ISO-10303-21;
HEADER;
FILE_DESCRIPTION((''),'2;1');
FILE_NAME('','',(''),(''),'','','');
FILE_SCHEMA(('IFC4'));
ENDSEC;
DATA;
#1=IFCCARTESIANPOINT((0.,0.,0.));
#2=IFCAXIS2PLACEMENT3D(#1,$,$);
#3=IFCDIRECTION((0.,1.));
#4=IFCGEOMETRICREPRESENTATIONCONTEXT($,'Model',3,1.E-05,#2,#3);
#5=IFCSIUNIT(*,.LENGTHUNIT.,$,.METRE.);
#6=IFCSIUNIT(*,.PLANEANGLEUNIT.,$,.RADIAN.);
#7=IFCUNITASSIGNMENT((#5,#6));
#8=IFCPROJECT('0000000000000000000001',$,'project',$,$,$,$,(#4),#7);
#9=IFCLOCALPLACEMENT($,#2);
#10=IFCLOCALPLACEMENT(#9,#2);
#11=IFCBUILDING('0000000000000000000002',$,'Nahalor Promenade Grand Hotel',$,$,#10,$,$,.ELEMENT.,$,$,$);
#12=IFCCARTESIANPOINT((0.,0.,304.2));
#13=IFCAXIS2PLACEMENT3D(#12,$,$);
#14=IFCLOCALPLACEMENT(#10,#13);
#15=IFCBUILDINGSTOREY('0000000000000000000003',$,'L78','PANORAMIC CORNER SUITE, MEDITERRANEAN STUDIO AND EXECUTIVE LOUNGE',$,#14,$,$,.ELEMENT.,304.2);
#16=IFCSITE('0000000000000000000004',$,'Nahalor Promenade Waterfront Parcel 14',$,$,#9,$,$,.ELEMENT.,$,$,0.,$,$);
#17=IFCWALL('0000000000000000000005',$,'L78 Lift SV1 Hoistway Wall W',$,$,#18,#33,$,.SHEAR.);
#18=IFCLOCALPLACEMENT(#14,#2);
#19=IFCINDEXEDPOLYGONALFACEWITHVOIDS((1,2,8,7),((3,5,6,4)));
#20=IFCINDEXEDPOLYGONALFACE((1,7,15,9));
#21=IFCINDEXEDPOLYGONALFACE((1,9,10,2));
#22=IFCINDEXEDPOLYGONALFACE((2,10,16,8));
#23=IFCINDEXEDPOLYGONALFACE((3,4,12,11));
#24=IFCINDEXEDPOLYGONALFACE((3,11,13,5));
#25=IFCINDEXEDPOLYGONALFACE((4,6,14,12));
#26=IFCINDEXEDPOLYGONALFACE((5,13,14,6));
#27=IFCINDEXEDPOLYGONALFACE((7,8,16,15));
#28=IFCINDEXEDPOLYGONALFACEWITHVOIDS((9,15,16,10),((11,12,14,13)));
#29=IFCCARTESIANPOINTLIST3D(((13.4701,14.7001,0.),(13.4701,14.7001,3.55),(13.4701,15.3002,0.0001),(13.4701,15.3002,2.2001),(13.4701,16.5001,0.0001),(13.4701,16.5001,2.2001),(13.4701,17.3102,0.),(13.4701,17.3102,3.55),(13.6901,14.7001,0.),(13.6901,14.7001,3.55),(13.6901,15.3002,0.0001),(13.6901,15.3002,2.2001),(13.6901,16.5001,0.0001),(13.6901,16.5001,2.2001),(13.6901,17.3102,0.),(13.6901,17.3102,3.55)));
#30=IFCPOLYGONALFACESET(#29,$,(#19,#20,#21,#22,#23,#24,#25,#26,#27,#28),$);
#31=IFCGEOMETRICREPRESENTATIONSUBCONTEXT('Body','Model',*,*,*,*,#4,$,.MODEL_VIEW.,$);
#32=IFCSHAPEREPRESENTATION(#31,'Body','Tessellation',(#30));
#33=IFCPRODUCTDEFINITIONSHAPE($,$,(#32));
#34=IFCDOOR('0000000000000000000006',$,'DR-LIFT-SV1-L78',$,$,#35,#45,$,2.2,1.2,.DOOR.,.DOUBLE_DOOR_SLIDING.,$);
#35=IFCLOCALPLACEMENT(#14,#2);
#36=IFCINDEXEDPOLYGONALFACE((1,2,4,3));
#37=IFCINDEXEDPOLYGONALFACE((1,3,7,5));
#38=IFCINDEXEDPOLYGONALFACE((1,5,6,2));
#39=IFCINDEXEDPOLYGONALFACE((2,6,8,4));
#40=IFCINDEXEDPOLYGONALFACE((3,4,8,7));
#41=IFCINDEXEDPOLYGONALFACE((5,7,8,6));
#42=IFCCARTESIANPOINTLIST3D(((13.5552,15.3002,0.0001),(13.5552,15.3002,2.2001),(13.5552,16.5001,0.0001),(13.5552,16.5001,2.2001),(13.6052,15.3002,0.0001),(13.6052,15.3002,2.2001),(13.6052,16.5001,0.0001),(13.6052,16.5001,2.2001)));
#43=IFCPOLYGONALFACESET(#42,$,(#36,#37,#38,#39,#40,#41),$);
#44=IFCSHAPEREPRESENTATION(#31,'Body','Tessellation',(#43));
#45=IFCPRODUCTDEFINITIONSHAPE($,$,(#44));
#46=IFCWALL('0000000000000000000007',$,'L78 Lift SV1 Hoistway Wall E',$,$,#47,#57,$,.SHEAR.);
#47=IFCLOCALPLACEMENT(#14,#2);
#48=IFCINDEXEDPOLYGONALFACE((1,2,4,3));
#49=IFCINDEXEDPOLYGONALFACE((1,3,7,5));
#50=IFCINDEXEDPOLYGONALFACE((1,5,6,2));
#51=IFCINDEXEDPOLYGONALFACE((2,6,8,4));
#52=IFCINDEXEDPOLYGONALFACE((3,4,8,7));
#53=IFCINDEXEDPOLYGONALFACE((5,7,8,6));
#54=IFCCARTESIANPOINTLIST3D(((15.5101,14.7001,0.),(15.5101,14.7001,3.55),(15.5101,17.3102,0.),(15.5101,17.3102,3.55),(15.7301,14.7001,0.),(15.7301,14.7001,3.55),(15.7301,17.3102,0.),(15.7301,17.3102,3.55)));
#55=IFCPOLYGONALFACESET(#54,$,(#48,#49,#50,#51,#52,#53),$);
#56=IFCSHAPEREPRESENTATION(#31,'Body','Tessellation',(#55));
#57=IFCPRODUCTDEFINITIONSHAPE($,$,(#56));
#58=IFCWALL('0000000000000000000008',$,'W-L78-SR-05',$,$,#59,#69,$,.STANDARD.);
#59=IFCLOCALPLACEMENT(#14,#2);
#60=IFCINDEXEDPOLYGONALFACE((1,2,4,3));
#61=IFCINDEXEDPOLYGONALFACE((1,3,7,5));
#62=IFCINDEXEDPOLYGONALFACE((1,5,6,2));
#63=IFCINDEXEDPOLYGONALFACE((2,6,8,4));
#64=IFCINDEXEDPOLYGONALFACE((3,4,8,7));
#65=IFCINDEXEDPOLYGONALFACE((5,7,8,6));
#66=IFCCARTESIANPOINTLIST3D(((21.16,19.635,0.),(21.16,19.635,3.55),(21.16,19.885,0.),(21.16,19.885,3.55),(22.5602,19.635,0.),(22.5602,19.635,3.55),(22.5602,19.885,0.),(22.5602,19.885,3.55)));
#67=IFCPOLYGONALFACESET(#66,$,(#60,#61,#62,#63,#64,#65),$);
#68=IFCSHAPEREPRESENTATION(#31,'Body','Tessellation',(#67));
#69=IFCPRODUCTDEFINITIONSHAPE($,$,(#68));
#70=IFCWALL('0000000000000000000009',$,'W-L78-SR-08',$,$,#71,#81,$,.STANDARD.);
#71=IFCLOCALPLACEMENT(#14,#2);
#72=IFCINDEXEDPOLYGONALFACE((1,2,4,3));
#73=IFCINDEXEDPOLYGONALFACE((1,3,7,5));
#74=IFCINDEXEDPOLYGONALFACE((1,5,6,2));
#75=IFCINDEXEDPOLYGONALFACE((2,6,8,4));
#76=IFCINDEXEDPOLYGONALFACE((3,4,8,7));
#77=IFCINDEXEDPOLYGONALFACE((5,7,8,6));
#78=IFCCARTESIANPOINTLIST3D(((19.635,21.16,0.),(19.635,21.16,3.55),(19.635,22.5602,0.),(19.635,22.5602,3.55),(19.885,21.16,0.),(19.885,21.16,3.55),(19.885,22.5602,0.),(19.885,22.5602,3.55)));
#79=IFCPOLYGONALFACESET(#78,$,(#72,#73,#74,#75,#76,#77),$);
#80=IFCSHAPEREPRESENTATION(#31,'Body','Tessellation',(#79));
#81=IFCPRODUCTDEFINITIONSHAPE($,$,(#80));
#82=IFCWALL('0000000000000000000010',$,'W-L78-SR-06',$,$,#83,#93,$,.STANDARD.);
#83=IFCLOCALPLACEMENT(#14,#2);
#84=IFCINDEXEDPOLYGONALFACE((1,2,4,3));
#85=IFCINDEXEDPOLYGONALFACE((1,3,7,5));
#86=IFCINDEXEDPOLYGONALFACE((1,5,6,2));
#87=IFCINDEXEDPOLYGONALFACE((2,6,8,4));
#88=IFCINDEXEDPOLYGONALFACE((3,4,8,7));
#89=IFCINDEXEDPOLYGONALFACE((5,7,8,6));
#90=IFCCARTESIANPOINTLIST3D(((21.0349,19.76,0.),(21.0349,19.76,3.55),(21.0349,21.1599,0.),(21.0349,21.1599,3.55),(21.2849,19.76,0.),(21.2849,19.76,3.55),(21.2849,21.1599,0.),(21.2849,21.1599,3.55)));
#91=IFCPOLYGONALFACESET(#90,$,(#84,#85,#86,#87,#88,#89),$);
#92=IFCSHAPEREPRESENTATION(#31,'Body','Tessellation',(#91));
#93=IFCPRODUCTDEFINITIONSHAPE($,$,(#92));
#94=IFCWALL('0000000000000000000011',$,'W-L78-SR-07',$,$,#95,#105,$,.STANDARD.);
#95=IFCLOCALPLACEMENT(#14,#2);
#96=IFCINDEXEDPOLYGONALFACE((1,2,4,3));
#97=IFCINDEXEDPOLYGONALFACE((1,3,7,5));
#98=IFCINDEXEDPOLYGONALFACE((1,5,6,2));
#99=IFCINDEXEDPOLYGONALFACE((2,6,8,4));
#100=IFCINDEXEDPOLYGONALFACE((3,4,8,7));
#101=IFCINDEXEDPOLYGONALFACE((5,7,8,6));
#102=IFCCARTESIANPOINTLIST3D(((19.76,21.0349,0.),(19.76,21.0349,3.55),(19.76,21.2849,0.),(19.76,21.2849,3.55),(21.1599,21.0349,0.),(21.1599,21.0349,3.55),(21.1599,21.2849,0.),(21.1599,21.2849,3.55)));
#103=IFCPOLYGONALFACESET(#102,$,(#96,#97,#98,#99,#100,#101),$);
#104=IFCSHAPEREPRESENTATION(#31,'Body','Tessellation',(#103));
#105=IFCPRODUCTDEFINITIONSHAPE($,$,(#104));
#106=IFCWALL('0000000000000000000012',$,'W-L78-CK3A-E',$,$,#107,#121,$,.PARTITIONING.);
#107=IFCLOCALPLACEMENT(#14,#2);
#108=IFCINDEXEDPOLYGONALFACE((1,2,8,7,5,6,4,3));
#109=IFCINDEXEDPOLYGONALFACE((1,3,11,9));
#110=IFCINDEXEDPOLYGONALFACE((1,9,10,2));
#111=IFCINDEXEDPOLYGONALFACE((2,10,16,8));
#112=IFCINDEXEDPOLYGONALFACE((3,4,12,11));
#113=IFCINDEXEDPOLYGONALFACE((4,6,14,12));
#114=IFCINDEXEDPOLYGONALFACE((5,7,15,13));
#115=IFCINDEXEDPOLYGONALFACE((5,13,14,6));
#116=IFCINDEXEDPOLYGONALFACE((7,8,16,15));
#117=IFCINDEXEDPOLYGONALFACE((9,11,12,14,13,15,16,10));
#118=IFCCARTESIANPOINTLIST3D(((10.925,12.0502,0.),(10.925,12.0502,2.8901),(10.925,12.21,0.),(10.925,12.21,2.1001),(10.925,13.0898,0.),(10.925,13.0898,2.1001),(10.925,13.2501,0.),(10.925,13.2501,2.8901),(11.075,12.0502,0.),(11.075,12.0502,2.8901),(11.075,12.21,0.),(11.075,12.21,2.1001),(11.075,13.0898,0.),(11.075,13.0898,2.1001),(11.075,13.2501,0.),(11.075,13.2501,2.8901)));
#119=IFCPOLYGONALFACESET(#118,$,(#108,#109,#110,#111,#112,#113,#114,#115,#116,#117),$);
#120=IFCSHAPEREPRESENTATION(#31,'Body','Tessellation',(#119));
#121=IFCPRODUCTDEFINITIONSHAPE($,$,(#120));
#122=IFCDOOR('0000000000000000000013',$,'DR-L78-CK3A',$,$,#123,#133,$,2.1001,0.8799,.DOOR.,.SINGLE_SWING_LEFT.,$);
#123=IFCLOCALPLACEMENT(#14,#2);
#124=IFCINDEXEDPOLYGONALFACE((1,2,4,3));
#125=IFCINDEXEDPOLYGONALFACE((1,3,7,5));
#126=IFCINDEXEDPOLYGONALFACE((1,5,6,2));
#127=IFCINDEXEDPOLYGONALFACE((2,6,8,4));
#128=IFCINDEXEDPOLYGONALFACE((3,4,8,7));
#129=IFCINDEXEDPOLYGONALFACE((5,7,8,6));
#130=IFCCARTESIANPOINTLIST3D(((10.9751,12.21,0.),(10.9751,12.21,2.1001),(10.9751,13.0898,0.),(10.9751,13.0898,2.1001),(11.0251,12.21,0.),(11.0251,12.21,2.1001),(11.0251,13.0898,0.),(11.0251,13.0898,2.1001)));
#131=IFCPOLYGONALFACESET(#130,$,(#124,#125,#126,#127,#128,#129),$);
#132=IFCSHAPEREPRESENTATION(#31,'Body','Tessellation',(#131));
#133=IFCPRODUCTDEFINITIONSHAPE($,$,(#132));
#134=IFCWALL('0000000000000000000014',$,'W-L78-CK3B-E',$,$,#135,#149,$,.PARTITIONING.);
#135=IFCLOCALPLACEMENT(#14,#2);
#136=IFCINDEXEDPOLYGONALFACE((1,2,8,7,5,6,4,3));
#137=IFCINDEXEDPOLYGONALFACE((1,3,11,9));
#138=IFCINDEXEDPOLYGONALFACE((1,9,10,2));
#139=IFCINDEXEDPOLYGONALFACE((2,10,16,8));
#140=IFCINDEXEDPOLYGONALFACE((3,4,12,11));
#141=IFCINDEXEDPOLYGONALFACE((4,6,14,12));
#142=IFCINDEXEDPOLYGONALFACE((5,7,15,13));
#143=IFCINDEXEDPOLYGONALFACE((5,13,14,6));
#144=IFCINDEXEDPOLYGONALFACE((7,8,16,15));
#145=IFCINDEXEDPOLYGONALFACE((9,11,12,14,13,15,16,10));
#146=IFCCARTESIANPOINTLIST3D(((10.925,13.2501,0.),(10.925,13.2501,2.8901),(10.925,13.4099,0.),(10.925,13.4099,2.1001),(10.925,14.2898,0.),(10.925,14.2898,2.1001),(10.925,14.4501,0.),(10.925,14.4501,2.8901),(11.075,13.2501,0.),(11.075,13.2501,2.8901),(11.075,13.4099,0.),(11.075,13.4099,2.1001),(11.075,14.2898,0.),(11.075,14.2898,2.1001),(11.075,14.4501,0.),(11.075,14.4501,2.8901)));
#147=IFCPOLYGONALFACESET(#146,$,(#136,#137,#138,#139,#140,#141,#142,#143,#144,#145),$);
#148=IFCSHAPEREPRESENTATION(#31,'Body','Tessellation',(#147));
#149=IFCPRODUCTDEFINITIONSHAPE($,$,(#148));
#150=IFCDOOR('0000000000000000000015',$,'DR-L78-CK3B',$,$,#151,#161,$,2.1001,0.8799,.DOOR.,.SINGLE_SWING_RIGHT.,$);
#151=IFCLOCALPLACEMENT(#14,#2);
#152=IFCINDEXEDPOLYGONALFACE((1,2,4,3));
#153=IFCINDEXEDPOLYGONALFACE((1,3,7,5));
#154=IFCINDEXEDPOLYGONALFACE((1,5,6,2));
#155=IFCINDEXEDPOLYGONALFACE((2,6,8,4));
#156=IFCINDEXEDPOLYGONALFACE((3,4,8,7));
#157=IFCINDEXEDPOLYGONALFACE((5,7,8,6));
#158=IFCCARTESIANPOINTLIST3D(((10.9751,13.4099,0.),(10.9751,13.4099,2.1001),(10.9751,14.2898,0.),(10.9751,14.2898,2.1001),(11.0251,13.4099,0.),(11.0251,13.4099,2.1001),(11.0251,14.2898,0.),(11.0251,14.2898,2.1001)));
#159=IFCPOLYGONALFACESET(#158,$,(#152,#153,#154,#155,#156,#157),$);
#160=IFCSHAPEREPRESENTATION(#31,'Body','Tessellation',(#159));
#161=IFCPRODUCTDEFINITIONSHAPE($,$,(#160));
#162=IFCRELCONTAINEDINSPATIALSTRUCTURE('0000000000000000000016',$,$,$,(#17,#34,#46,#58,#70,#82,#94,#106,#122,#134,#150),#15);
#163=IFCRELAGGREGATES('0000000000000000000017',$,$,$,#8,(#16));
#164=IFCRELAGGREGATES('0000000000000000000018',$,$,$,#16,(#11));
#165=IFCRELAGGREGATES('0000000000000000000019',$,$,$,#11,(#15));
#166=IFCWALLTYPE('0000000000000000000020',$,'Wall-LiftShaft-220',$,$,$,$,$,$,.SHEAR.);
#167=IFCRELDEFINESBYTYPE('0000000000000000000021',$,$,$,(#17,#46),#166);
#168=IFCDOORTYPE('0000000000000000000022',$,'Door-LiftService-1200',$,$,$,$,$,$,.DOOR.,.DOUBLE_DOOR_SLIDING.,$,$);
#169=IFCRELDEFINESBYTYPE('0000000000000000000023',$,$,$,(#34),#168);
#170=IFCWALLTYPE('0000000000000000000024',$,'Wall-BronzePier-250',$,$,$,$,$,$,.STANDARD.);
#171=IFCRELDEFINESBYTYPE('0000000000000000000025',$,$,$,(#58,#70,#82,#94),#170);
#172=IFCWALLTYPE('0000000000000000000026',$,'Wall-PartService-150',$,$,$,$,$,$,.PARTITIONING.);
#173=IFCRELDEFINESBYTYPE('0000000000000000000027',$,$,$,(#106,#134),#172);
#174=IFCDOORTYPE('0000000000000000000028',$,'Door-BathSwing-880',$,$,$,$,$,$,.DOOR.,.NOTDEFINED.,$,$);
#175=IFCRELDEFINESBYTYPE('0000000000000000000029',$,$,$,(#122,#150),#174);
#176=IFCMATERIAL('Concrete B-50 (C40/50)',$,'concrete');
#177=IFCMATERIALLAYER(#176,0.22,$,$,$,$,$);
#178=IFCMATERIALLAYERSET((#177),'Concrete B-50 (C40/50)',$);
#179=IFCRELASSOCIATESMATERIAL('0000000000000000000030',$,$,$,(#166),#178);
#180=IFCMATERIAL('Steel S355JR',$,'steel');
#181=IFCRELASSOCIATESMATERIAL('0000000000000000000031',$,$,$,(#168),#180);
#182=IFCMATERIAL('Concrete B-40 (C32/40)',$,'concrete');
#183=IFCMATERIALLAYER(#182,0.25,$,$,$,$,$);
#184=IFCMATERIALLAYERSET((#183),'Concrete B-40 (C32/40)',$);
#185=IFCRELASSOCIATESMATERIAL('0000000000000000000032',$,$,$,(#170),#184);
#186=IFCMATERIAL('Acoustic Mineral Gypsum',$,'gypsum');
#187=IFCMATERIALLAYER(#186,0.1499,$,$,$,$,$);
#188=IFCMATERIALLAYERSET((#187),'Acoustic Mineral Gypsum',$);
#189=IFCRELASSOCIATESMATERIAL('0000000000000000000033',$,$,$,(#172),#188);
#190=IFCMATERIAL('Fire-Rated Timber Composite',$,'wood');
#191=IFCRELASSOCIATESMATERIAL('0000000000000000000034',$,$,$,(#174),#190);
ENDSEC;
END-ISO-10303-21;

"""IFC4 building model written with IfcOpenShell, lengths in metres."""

from ifc_helpers import new_model, si_unit, direction, frame, frame_2d, origin, place, context, subcontext, project, spatial, rectangle, extrude, source, transform, mapped, material, layer, layer_set, type_object, element, fill, save


model = new_model("IFC4")

# Units and contexts
model_context = context("Model", 3, precision=1e-05, world=origin(), true_north=direction((0.0, 1.0)))
body_context = subcontext(model_context, "Body", "Model", "MODEL_VIEW")
ifc_project = project(units=[si_unit("LENGTHUNIT", "METRE"), si_unit("PLANEANGLEUNIT", "RADIAN")], contexts=[model_context])

# Site, building, storey
site_placement = place(None, origin())
site = spatial("IfcSite", under=ifc_project, at=site_placement, Name="Nahalor Promenade Waterfront Parcel 14", CompositionType="ELEMENT", RefElevation=0.0)
building_placement = place(site_placement, origin())
building = spatial("IfcBuilding", under=site, at=building_placement, Name="Nahalor Promenade Grand Hotel", CompositionType="ELEMENT")
storey_placement = place(building_placement, frame((0.0, 0.0, 304.2)))
storey = spatial("IfcBuildingStorey", under=building, at=storey_placement, Name="L78", Description="PANORAMIC CORNER SUITE, MEDITERRANEAN STUDIO AND EXECUTIVE LOUNGE", CompositionType="ELEMENT", Elevation=304.2)

# Shared definitions
ifc_material_1 = material(Name="Concrete B-50 (C40/50)", Category="concrete")
ifc_material_2 = material(Name="Steel S355JR", Category="steel")

# Shared definitions
ifc_layer_1 = layer(ifc_material_1, 0.22)
ifc_layer_set_1 = layer_set([ifc_layer_1], Name="Concrete B-50 (C40/50)")
wall_type_1 = type_object("IfcWallType", Name="Wall-LiftShaft-220", PredefinedType="SHEAR", material=ifc_layer_set_1)

# Wall, opening, door
shared_shape_1 = source(origin(), body_context, "Body", "SweptSolid", [
    extrude(rectangle(XDim=2.6101, YDim=0.22, at=frame_2d((1.3052, 0.0))), origin(), (0.0, 0.0, 1.0), 3.55),
])
wall_1_placement = place(storey_placement, frame((13.5801, 14.7, 0.0), z_axis=(0.0, 0.0, 1.0), x_axis=(0.0, 1.0, 0.0)))
wall_1 = element("IfcWall", 1, at=wall_1_placement, inside=storey, type_object=wall_type_1, Name="L78 Lift SV1 Hoistway Wall W", PredefinedType="SHEAR", context=body_context, shape_type="MappedRepresentation", body=[
    mapped(shared_shape_1, transform((0.0, 0.0, 0.0), scale=1.0)),
])
opening_1_placement = place(wall_1_placement, frame((0.6001, 0.0, 0.0)))
opening_1 = element("IfcOpeningElement", 2, at=opening_1_placement, cuts=wall_1, PredefinedType="OPENING", context=body_context, shape_type="SweptSolid", body=[
    extrude(rectangle(XDim=1.2, YDim=2.2, at=frame_2d((0.6001, 1.1001))), frame((0.0, 0.1199, 0.0), z_axis=(0.0, -1.0, 0.0), x_axis=(1.0, 0.0, 0.0)), (0.0, 0.0, 1.0), 0.24),
])
door_type_1 = type_object("IfcDoorType", Name="Door-LiftService-1200", OperationType="DOUBLE_DOOR_SLIDING", PredefinedType="DOOR", material=ifc_material_2)
shared_shape_2 = source(origin(), body_context, "Body", "SweptSolid", [
    extrude(rectangle(XDim=1.2, YDim=2.2, at=frame_2d((0.6001, 1.1001))), frame((0.0, 0.0249, 0.0), z_axis=(0.0, -1.0, 0.0), x_axis=(1.0, 0.0, 0.0)), (0.0, 0.0, 1.0), 0.05),
])
door_1_placement = place(opening_1_placement, origin())
door_1 = element("IfcDoor", 3, at=door_1_placement, inside=storey, type_object=door_type_1, Name="DR-LIFT-SV1-L78", OperationType="DOUBLE_DOOR_SLIDING", OverallHeight=2.2, OverallWidth=1.2, PredefinedType="DOOR", context=body_context, shape_type="MappedRepresentation", body=[
    mapped(shared_shape_2, transform((0.0, 0.0, 0.0), scale=1.0)),
])
fill(opening_1, door_1)

# Walls
wall_2_placement = place(storey_placement, frame((15.6201, 14.7, 0.0), z_axis=(0.0, 0.0, 1.0), x_axis=(0.0, 1.0, 0.0)))
element("IfcWall", 4, at=wall_2_placement, inside=storey, type_object=wall_type_1, Name="L78 Lift SV1 Hoistway Wall E", PredefinedType="SHEAR", context=body_context, shape_type="MappedRepresentation", body=[
    mapped(shared_shape_1, transform((0.0, 0.0, 0.0), scale=1.0)),
])
ifc_material_3 = material(Name="Concrete B-40 (C32/40)", Category="concrete")
ifc_layer_2 = layer(ifc_material_3, 0.25)
ifc_layer_set_2 = layer_set([ifc_layer_2], Name="Concrete B-40 (C32/40)")
wall_type_2 = type_object("IfcWallType", Name="Wall-BronzePier-250", PredefinedType="STANDARD", material=ifc_layer_set_2)
shared_shape_3 = source(origin(), body_context, "Body", "SweptSolid", [
    extrude(rectangle(XDim=1.4001, YDim=0.25, at=frame_2d((0.7002, 0.0))), origin(), (0.0, 0.0, 1.0), 3.55),
])
for number, where, z_axis, x_axis, name in (
    (5, (21.1599, 19.76, 0.0), (0.0, 0.0, 1.0), (1.0, 0.0, 0.0), "W-L78-SR-05"),
    (6, (19.76, 21.1599, 0.0), (0.0, 0.0, 1.0), (0.0, 1.0, 0.0), "W-L78-SR-08"),
):
    element("IfcWall", number, at=place(storey_placement, frame(where, z_axis=z_axis, x_axis=x_axis)), inside=storey, type_object=wall_type_2, Name=name, PredefinedType="STANDARD", context=body_context, shape_type="MappedRepresentation", body=[
        mapped(shared_shape_3, transform((0.0, 0.0, 0.0), scale=1.0)),
    ])
shared_shape_4 = source(origin(), body_context, "Body", "SweptSolid", [
    extrude(rectangle(XDim=1.3999, YDim=0.25, at=frame_2d((0.7, 0.0))), origin(), (0.0, 0.0, 1.0), 3.55),
])
for number, where, z_axis, x_axis, name in (
    (7, (21.1599, 19.76, 0.0), (0.0, 0.0, 1.0), (0.0, 1.0, 0.0), "W-L78-SR-06"),
    (8, (19.76, 21.1599, 0.0), (0.0, 0.0, 1.0), (1.0, 0.0, 0.0), "W-L78-SR-07"),
):
    element("IfcWall", number, at=place(storey_placement, frame(where, z_axis=z_axis, x_axis=x_axis)), inside=storey, type_object=wall_type_2, Name=name, PredefinedType="STANDARD", context=body_context, shape_type="MappedRepresentation", body=[
        mapped(shared_shape_4, transform((0.0, 0.0, 0.0), scale=1.0)),
    ])

# Walls, openings, doors
ifc_material_4 = material(Name="Acoustic Mineral Gypsum", Category="gypsum")
ifc_layer_3 = layer(ifc_material_4, 0.1499)
ifc_layer_set_3 = layer_set([ifc_layer_3], Name="Acoustic Mineral Gypsum")
wall_type_3 = type_object("IfcWallType", Name="Wall-PartService-150", PredefinedType="PARTITIONING", material=ifc_layer_set_3)
shared_shape_5 = source(origin(), body_context, "Body", "SweptSolid", [
    extrude(rectangle(XDim=1.2, YDim=0.1499, at=frame_2d((0.6001, 0.0))), origin(), (0.0, 0.0, 1.0), 2.8901),
])
wall_3_placement = place(storey_placement, frame((11.0, 12.05, 0.0), z_axis=(0.0, 0.0, 1.0), x_axis=(0.0, 1.0, 0.0)))
wall_3 = element("IfcWall", 9, at=wall_3_placement, inside=storey, type_object=wall_type_3, Name="W-L78-CK3A-E", PredefinedType="PARTITIONING", context=body_context, shape_type="MappedRepresentation", body=[
    mapped(shared_shape_5, transform((0.0, 0.0, 0.0), scale=1.0)),
])
opening_2_placement = place(wall_3_placement, frame((0.1599, 0.0, 0.0)))
opening_2 = element("IfcOpeningElement", 10, at=opening_2_placement, cuts=wall_3, PredefinedType="OPENING", context=body_context, shape_type="SweptSolid", body=[
    extrude(rectangle(XDim=0.8799, YDim=2.1001, at=frame_2d((0.4399, 1.05))), frame((0.0, 0.085, 0.0), z_axis=(0.0, -1.0, 0.0), x_axis=(1.0, 0.0, 0.0)), (0.0, 0.0, 1.0), 0.1699),
])
ifc_material_5 = material(Name="Fire-Rated Timber Composite", Category="wood")
door_type_2 = type_object("IfcDoorType", Name="Door-BathSwing-880", OperationType="NOTDEFINED", PredefinedType="DOOR", material=ifc_material_5)
shared_shape_6 = source(origin(), body_context, "Body", "SweptSolid", [
    extrude(rectangle(XDim=0.8799, YDim=2.1001, at=frame_2d((0.4399, 1.05))), frame((0.0, 0.0249, 0.0), z_axis=(0.0, -1.0, 0.0), x_axis=(1.0, 0.0, 0.0)), (0.0, 0.0, 1.0), 0.05),
])
door_2_placement = place(opening_2_placement, origin())
door_2 = element("IfcDoor", 11, at=door_2_placement, inside=storey, type_object=door_type_2, Name="DR-L78-CK3A", OperationType="SINGLE_SWING_LEFT", OverallHeight=2.1001, OverallWidth=0.8799, PredefinedType="DOOR", context=body_context, shape_type="MappedRepresentation", body=[
    mapped(shared_shape_6, transform((0.0, 0.0, 0.0), scale=1.0)),
])
fill(opening_2, door_2)
wall_4_placement = place(storey_placement, frame((11.0, 13.25, 0.0), z_axis=(0.0, 0.0, 1.0), x_axis=(0.0, 1.0, 0.0)))
wall_4 = element("IfcWall", 12, at=wall_4_placement, inside=storey, type_object=wall_type_3, Name="W-L78-CK3B-E", PredefinedType="PARTITIONING", context=body_context, shape_type="MappedRepresentation", body=[
    mapped(shared_shape_5, transform((0.0, 0.0, 0.0), scale=1.0)),
])
opening_3_placement = place(wall_4_placement, frame((0.1599, 0.0, 0.0)))
opening_3 = element("IfcOpeningElement", 13, at=opening_3_placement, cuts=wall_4, PredefinedType="OPENING", context=body_context, shape_type="SweptSolid", body=[
    extrude(rectangle(XDim=0.8799, YDim=2.1001, at=frame_2d((0.4399, 1.05))), frame((0.0, 0.085, 0.0), z_axis=(0.0, -1.0, 0.0), x_axis=(1.0, 0.0, 0.0)), (0.0, 0.0, 1.0), 0.1699),
])
door_3_placement = place(opening_3_placement, origin())
door_3 = element("IfcDoor", 14, at=door_3_placement, inside=storey, type_object=door_type_2, Name="DR-L78-CK3B", OperationType="SINGLE_SWING_RIGHT", OverallHeight=2.1001, OverallWidth=0.8799, PredefinedType="DOOR", context=body_context, shape_type="MappedRepresentation", body=[
    mapped(shared_shape_6, transform((0.0, 0.0, 0.0), scale=1.0)),
])
fill(opening_3, door_3)

save(model, "model.ifc")
